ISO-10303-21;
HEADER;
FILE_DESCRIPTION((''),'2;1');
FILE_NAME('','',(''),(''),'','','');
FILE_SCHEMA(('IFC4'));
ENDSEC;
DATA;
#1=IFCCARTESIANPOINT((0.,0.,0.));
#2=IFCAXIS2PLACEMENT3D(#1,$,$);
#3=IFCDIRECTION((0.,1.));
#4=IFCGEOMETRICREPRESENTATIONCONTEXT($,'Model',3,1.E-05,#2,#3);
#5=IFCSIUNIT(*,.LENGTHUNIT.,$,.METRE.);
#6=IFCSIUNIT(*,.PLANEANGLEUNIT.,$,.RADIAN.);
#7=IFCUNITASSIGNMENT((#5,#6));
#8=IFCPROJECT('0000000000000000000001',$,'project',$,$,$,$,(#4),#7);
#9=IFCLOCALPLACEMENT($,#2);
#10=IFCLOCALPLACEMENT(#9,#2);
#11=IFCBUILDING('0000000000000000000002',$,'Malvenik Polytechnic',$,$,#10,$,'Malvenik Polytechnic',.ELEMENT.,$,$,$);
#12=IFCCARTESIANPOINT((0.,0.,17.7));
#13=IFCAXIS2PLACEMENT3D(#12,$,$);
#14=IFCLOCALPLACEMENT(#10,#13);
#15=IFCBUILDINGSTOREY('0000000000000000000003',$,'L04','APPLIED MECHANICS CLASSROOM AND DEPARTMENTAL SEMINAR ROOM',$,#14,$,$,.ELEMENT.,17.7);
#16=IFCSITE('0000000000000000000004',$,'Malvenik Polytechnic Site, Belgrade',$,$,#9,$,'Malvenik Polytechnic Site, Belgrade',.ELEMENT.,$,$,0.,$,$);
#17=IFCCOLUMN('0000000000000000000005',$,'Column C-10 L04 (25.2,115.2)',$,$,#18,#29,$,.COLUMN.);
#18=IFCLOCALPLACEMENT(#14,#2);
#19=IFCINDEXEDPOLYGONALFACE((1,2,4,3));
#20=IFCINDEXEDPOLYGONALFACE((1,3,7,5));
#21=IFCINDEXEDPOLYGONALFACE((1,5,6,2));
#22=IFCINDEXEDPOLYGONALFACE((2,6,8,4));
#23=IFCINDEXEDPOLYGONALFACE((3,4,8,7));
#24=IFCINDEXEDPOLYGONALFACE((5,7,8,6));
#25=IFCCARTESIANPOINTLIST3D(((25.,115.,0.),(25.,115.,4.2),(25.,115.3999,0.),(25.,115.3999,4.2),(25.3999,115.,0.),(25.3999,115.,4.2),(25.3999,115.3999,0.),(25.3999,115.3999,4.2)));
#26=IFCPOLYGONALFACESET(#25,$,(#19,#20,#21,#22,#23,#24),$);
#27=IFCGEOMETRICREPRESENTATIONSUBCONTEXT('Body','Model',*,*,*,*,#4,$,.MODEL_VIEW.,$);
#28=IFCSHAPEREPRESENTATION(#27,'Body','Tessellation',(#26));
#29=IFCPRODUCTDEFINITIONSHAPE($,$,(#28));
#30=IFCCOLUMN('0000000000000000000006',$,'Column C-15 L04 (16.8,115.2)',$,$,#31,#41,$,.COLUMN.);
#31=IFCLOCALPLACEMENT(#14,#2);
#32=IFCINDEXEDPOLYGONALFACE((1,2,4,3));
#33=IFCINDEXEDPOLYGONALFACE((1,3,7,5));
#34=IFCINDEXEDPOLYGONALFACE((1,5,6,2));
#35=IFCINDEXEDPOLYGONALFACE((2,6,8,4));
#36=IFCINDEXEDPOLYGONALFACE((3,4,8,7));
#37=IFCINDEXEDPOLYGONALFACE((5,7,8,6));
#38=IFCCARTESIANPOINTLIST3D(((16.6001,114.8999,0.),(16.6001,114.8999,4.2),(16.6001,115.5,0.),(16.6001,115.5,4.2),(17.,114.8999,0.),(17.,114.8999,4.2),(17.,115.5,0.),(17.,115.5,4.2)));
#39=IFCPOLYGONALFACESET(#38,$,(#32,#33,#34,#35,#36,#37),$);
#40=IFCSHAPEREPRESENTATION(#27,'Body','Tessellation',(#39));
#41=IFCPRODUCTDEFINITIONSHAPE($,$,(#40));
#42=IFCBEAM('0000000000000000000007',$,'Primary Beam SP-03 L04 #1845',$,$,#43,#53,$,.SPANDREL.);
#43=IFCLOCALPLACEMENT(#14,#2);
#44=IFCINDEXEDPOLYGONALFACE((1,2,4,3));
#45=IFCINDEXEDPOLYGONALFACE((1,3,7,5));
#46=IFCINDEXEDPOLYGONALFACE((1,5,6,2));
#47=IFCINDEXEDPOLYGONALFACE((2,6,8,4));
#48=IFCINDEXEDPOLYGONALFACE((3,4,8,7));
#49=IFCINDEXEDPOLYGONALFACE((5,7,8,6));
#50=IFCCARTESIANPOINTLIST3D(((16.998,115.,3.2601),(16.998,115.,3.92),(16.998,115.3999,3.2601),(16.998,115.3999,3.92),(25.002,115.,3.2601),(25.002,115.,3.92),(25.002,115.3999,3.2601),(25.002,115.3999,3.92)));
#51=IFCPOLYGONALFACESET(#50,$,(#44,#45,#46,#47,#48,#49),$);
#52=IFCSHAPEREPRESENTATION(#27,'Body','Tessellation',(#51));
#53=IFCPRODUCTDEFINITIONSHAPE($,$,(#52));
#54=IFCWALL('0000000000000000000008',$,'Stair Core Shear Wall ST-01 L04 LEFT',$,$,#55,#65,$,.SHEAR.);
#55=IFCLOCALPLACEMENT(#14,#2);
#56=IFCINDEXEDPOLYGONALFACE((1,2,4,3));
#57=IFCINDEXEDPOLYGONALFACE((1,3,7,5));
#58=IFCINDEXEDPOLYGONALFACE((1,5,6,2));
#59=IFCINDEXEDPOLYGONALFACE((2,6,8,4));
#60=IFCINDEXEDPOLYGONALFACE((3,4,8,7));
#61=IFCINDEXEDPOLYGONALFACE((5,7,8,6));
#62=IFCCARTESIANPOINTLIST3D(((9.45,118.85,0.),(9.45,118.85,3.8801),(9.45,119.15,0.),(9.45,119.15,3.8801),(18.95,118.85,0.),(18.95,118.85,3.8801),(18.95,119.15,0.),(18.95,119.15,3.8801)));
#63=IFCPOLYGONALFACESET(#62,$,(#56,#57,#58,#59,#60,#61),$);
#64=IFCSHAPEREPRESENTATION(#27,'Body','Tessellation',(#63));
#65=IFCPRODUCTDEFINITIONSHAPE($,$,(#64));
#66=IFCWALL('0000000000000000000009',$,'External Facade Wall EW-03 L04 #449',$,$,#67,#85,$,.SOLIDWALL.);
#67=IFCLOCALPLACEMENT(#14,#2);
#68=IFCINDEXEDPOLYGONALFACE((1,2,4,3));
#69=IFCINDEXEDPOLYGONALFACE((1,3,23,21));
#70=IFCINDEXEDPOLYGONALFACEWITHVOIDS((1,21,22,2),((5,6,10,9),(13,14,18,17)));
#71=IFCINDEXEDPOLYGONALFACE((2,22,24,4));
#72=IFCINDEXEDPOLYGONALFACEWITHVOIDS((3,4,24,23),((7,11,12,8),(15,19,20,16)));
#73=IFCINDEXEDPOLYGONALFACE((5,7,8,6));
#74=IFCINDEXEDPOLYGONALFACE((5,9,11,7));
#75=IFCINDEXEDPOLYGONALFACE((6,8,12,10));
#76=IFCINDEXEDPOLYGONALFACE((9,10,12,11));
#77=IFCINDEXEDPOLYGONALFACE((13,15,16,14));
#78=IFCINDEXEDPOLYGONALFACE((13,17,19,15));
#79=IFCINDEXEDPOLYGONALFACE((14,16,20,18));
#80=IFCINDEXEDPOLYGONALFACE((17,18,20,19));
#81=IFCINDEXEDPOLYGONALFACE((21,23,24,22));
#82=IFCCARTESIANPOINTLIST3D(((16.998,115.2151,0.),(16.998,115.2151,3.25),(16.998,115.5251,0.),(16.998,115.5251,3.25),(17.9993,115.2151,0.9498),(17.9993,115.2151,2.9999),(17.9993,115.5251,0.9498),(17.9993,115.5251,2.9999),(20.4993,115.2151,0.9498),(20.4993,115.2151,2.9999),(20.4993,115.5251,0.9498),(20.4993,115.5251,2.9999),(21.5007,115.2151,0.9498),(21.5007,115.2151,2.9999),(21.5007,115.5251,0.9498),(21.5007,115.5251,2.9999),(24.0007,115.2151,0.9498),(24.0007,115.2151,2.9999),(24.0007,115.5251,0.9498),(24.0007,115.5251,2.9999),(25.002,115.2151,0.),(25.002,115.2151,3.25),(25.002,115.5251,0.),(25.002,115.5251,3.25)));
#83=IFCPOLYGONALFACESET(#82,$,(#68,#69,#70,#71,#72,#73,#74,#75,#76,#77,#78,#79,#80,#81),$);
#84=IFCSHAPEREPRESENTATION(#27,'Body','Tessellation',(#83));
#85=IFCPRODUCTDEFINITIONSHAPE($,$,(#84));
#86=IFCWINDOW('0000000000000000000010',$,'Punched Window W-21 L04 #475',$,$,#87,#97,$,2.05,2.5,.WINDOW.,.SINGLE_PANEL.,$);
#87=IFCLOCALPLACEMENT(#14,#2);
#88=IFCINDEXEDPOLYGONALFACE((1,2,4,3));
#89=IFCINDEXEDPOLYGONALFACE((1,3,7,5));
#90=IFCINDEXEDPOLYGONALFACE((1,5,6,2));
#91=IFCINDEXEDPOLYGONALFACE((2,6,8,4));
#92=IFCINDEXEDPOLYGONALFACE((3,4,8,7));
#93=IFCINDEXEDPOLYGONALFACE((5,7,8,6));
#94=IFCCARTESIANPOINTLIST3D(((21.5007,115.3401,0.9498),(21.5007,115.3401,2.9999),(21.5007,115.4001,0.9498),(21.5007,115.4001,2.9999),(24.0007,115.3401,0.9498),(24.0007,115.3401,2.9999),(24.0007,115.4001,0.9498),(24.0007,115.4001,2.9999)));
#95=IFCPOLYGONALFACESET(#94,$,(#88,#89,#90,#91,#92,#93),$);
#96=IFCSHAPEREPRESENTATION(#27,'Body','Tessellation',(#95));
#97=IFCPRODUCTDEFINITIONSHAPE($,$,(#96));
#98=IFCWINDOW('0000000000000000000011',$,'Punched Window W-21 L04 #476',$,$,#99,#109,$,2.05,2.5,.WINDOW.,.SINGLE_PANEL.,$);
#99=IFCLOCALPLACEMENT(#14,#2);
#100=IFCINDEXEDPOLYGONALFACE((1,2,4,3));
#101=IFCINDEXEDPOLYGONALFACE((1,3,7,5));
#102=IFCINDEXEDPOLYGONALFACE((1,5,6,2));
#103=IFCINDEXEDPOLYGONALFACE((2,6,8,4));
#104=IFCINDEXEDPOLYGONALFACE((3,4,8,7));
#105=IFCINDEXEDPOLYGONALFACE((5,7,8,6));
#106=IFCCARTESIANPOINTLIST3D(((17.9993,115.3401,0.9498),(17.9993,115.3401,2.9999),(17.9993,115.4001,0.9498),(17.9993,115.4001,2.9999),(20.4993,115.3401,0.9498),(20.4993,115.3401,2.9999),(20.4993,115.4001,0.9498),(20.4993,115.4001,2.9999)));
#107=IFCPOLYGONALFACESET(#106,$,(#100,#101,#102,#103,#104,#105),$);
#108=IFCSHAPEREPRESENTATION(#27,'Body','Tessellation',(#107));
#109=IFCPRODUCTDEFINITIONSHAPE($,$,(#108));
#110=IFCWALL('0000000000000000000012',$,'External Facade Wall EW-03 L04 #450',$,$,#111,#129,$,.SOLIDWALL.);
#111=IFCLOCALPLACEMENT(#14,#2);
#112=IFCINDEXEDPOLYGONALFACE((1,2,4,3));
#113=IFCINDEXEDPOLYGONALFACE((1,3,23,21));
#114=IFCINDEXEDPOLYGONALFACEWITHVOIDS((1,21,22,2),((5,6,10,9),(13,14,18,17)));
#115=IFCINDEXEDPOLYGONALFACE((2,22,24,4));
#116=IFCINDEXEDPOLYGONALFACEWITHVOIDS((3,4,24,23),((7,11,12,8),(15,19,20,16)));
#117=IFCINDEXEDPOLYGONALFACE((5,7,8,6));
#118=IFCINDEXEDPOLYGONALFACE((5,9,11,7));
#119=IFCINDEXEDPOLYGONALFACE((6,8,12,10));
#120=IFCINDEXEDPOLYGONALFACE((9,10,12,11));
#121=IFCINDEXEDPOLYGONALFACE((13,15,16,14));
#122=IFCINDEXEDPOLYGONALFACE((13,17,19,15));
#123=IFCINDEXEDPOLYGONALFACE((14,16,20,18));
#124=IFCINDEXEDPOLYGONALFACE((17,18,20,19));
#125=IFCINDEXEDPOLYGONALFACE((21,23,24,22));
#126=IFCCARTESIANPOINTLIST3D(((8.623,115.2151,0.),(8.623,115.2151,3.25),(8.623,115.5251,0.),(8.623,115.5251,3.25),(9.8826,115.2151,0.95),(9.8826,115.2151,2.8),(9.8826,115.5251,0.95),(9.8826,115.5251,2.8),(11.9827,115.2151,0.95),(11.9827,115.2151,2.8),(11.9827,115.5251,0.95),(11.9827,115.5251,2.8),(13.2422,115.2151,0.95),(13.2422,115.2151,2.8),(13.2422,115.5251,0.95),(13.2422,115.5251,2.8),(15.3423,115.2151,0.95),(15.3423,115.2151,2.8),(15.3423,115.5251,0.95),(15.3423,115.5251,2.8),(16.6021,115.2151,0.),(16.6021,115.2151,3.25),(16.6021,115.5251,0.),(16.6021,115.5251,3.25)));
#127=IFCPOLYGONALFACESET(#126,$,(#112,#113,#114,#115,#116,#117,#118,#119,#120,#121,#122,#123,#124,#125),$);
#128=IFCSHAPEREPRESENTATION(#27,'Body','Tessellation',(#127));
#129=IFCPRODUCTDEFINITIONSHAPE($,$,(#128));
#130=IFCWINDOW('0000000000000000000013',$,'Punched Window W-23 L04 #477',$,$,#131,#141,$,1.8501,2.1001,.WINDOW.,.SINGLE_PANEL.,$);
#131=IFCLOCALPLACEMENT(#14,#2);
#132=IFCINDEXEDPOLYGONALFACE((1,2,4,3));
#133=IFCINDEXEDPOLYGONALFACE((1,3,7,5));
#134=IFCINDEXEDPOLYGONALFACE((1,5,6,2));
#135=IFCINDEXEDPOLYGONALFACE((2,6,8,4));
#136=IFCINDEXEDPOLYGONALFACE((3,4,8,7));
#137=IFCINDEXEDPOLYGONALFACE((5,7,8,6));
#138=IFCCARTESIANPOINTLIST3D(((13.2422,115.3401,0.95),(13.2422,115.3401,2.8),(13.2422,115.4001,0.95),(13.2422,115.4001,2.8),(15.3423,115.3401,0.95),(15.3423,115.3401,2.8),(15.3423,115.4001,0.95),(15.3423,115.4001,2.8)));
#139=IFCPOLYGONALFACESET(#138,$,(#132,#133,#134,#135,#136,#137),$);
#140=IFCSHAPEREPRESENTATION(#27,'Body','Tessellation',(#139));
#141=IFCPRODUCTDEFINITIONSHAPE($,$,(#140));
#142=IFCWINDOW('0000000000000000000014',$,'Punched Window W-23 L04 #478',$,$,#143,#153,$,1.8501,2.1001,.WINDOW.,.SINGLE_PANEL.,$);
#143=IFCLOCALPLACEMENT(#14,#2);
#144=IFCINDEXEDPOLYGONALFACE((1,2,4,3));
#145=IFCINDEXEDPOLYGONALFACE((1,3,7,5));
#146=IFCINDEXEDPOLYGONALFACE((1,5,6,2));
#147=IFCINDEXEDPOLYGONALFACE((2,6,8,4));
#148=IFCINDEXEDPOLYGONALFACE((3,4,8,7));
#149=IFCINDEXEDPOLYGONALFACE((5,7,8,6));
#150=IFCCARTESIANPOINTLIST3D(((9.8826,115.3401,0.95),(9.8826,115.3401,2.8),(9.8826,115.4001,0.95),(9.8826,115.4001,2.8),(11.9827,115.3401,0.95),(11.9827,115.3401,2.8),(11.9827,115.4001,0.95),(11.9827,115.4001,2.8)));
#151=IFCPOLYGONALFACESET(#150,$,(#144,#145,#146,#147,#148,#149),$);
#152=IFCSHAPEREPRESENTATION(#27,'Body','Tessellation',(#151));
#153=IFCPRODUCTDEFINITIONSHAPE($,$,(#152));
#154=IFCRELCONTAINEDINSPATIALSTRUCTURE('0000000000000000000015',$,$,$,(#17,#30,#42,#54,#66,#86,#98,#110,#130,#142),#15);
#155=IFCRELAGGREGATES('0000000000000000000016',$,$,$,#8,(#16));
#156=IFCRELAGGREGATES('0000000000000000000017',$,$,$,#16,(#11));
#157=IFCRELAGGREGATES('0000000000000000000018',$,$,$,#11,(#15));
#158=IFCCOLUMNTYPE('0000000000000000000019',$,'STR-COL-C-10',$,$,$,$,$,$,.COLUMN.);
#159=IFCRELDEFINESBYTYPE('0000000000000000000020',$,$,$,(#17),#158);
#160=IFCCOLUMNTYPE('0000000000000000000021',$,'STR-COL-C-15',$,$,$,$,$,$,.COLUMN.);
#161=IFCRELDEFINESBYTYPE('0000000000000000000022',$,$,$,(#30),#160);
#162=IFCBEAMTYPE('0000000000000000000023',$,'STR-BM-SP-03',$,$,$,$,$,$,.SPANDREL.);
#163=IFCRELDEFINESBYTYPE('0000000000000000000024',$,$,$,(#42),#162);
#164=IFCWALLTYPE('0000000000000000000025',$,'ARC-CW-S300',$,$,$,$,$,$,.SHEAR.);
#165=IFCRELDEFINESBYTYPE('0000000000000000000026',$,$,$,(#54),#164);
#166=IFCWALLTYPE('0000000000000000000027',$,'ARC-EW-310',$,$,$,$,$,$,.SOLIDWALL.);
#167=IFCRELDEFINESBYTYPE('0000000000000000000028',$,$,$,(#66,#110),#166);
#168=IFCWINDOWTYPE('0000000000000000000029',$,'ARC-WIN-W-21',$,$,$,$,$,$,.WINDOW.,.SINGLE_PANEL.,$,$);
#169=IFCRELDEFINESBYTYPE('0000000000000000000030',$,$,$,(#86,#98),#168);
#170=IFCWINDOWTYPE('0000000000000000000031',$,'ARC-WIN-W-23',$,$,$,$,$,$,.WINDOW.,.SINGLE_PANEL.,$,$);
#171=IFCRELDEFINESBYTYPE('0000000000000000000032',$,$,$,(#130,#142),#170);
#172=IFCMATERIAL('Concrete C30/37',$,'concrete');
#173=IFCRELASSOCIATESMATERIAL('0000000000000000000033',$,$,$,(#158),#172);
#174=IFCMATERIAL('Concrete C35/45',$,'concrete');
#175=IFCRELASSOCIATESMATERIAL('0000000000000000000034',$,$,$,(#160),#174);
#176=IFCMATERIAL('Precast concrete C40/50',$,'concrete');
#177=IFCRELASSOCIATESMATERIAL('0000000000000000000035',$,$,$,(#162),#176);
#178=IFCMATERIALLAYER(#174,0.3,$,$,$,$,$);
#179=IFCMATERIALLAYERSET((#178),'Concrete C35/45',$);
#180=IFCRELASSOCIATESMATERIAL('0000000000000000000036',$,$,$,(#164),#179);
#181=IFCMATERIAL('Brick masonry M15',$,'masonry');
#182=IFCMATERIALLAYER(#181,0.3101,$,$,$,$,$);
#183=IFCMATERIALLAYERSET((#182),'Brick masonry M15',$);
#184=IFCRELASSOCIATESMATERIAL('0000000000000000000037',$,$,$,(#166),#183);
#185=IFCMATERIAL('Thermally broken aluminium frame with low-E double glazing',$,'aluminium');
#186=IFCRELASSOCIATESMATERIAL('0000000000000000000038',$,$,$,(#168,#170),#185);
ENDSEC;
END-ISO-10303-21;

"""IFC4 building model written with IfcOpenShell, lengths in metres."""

from ifc_helpers import new_model, si_unit, direction, frame, frame_2d, origin, origin_2d, place, context, subcontext, project, spatial, rectangle, extrude, material, layer, layer_set, material_profile, profile_set, type_object, element, fill, save


model = new_model("IFC4")

# Units and contexts
model_context = context("Model", 3, precision=1e-05, world=origin(), true_north=direction((0.0, 1.0)))
body_context = subcontext(model_context, "Body", "Model", "MODEL_VIEW")
ifc_project = project(units=[si_unit("LENGTHUNIT", "METRE"), si_unit("PLANEANGLEUNIT", "RADIAN")], contexts=[model_context])

# Site, building, storey
site_placement = place(None, origin())
site = spatial("IfcSite", under=ifc_project, at=site_placement, Name="Malvenik Polytechnic Site, Belgrade", LongName="Malvenik Polytechnic Site, Belgrade", CompositionType="ELEMENT", RefElevation=0.0)
building_placement = place(site_placement, origin())
building = spatial("IfcBuilding", under=site, at=building_placement, Name="Malvenik Polytechnic", LongName="Malvenik Polytechnic", CompositionType="ELEMENT")
storey_placement = place(building_placement, frame((0.0, 0.0, 17.7)))
storey = spatial("IfcBuildingStorey", under=building, at=storey_placement, Name="L04", Description="APPLIED MECHANICS CLASSROOM AND DEPARTMENTAL SEMINAR ROOM", CompositionType="ELEMENT", Elevation=17.7)

# Columns
ifc_material_1 = material(Name="Concrete C30/37", Category="concrete")
ifc_material_profile_1 = material_profile(ifc_material_1, rectangle(XDim=0.3999, YDim=0.3999, at=origin_2d()), Name="RC COL 400x400")
ifc_profile_set_1 = profile_set([ifc_material_profile_1], Name="Concrete C30/37")
column_type_1 = type_object("IfcColumnType", Name="STR-COL-C-10", PredefinedType="COLUMN", material=ifc_profile_set_1)
column_1_placement = place(storey_placement, frame((25.2, 115.2, 0.0), z_axis=(0.0, 0.0, 1.0), x_axis=(1.0, 0.0, 0.0)))
element("IfcColumn", 1, at=column_1_placement, inside=storey, type_object=column_type_1, Name="Column C-10 L04 (25.2,115.2)", PredefinedType="COLUMN", context=body_context, shape_type="SweptSolid", body=[
    extrude(rectangle(XDim=0.3999, YDim=0.3999, at=origin_2d()), origin(), (0.0, 0.0, 1.0), 4.2),
])
ifc_material_2 = material(Name="Concrete C35/45", Category="concrete")
ifc_material_profile_2 = material_profile(ifc_material_2, rectangle(XDim=0.3999, YDim=0.6001, at=origin_2d()), Name="RC COL 600x400")
ifc_profile_set_2 = profile_set([ifc_material_profile_2], Name="Concrete C35/45")
column_type_2 = type_object("IfcColumnType", Name="STR-COL-C-15", PredefinedType="COLUMN", material=ifc_profile_set_2)
column_2_placement = place(storey_placement, frame((16.8, 115.2, 0.0), z_axis=(0.0, 0.0, 1.0), x_axis=(1.0, 0.0, 0.0)))
element("IfcColumn", 2, at=column_2_placement, inside=storey, type_object=column_type_2, Name="Column C-15 L04 (16.8,115.2)", PredefinedType="COLUMN", context=body_context, shape_type="SweptSolid", body=[
    extrude(rectangle(XDim=0.3999, YDim=0.6001, at=origin_2d()), origin(), (0.0, 0.0, 1.0), 4.2),
])

# Beam
ifc_material_3 = material(Name="Precast concrete C40/50", Category="concrete")
ifc_material_profile_3 = material_profile(ifc_material_3, rectangle(XDim=0.3999, YDim=0.6599, at=origin_2d()), Name="PC SPN 400x660")
ifc_profile_set_3 = profile_set([ifc_material_profile_3], Name="Precast concrete C40/50")
beam_type = type_object("IfcBeamType", Name="STR-BM-SP-03", PredefinedType="SPANDREL", material=ifc_profile_set_3)
beam_placement = place(storey_placement, frame((16.998, 115.2, 3.5901), z_axis=(1.0, 0.0, 0.0), x_axis=(0.0, 1.0, 0.0)))
element("IfcBeam", 3, at=beam_placement, inside=storey, type_object=beam_type, Name="Primary Beam SP-03 L04 #1845", PredefinedType="SPANDREL", context=body_context, shape_type="SweptSolid", body=[
    extrude(rectangle(XDim=0.3999, YDim=0.6599, at=origin_2d()), origin(), (0.0, 0.0, 1.0), 8.0039),
])

# Wall
ifc_layer_1 = layer(ifc_material_2, 0.3)
ifc_layer_set_1 = layer_set([ifc_layer_1], Name="Concrete C35/45")
wall_type_1 = type_object("IfcWallType", Name="ARC-CW-S300", PredefinedType="SHEAR", material=ifc_layer_set_1)
wall_1_placement = place(storey_placement, frame((18.95, 119.0, 0.0), z_axis=(0.0, 0.0, 1.0), x_axis=(-1.0, 0.0, 0.0)))
element("IfcWall", 4, at=wall_1_placement, inside=storey, type_object=wall_type_1, Name="Stair Core Shear Wall ST-01 L04 LEFT", PredefinedType="SHEAR", context=body_context, shape_type="SweptSolid", body=[
    extrude(rectangle(XDim=9.5, YDim=0.3, at=frame_2d((4.75, 0.0))), origin(), (0.0, 0.0, 1.0), 3.8801),
])

# Walls, openings, windows
ifc_material_4 = material(Name="Brick masonry M15", Category="masonry")
ifc_layer_2 = layer(ifc_material_4, 0.3101)
ifc_layer_set_2 = layer_set([ifc_layer_2], Name="Brick masonry M15")
wall_type_2 = type_object("IfcWallType", Name="ARC-EW-310", PredefinedType="SOLIDWALL", material=ifc_layer_set_2)
wall_2_placement = place(storey_placement, frame((25.002, 115.3701, 0.0), z_axis=(0.0, 0.0, 1.0), x_axis=(-1.0, 0.0, 0.0)))
wall_2 = element("IfcWall", 5, at=wall_2_placement, inside=storey, type_object=wall_type_2, Name="External Facade Wall EW-03 L04 #449", PredefinedType="SOLIDWALL", context=body_context, shape_type="SweptSolid", body=[
    extrude(rectangle(XDim=8.0039, YDim=0.3101, at=frame_2d((4.002, 0.0))), origin(), (0.0, 0.0, 1.0), 3.25),
])
opening_1_placement = place(wall_2_placement, frame((1.0012, 0.0, 0.95)))
opening_1 = element("IfcOpeningElement", 6, at=opening_1_placement, cuts=wall_2, PredefinedType="OPENING", context=body_context, shape_type="SweptSolid", body=[
    extrude(rectangle(XDim=2.5, YDim=2.05, at=frame_2d((1.25, 1.0249))), frame((0.0, 0.165, 0.0), z_axis=(0.0, -1.0, 0.0), x_axis=(1.0, 0.0, 0.0)), (0.0, 0.0, 1.0), 0.3301),
])
opening_2_placement = place(wall_2_placement, frame((4.5027, 0.0, 0.95)))
opening_2 = element("IfcOpeningElement", 7, at=opening_2_placement, cuts=wall_2, PredefinedType="OPENING", context=body_context, shape_type="SweptSolid", body=[
    extrude(rectangle(XDim=2.5, YDim=2.05, at=frame_2d((1.25, 1.0249))), frame((0.0, 0.165, 0.0), z_axis=(0.0, -1.0, 0.0), x_axis=(1.0, 0.0, 0.0)), (0.0, 0.0, 1.0), 0.3301),
])
ifc_material_5 = material(Name="Thermally broken aluminium frame with low-E double glazing", Category="aluminium")
window_type_1 = type_object("IfcWindowType", Name="ARC-WIN-W-21", PartitioningType="SINGLE_PANEL", PredefinedType="WINDOW", material=ifc_material_5)
window_1_placement = place(opening_1_placement, origin())
window_1 = element("IfcWindow", 8, at=window_1_placement, inside=storey, type_object=window_type_1, Name="Punched Window W-21 L04 #475", OverallHeight=2.05, OverallWidth=2.5, PartitioningType="SINGLE_PANEL", PredefinedType="WINDOW", context=body_context, shape_type="SweptSolid", body=[
    extrude(rectangle(XDim=2.5, YDim=2.05, at=frame_2d((1.25, 1.0249))), frame((0.0, 0.03, 0.0), z_axis=(0.0, -1.0, 0.0), x_axis=(1.0, 0.0, 0.0)), (0.0, 0.0, 1.0), 0.0601),
])
fill(opening_1, window_1)
window_2_placement = place(opening_2_placement, origin())
window_2 = element("IfcWindow", 9, at=window_2_placement, inside=storey, type_object=window_type_1, Name="Punched Window W-21 L04 #476", OverallHeight=2.05, OverallWidth=2.5, PartitioningType="SINGLE_PANEL", PredefinedType="WINDOW", context=body_context, shape_type="SweptSolid", body=[
    extrude(rectangle(XDim=2.5, YDim=2.05, at=frame_2d((1.25, 1.0249))), frame((0.0, 0.03, 0.0), z_axis=(0.0, -1.0, 0.0), x_axis=(1.0, 0.0, 0.0)), (0.0, 0.0, 1.0), 0.0601),
])
fill(opening_2, window_2)
wall_3_placement = place(storey_placement, frame((16.6021, 115.3701, 0.0), z_axis=(0.0, 0.0, 1.0), x_axis=(-1.0, 0.0, 0.0)))
wall_3 = element("IfcWall", 10, at=wall_3_placement, inside=storey, type_object=wall_type_2, Name="External Facade Wall EW-03 L04 #450", PredefinedType="SOLIDWALL", context=body_context, shape_type="SweptSolid", body=[
    extrude(rectangle(XDim=7.979, YDim=0.3101, at=frame_2d((3.9895, 0.0))), origin(), (0.0, 0.0, 1.0), 3.25),
])
opening_3_placement = place(wall_3_placement, frame((1.2598, 0.0, 0.95)))
opening_3 = element("IfcOpeningElement", 11, at=opening_3_placement, cuts=wall_3, PredefinedType="OPENING", context=body_context, shape_type="SweptSolid", body=[
    extrude(rectangle(XDim=2.1001, YDim=1.8501, at=frame_2d((1.05, 0.925))), frame((0.0, 0.165, 0.0), z_axis=(0.0, -1.0, 0.0), x_axis=(1.0, 0.0, 0.0)), (0.0, 0.0, 1.0), 0.3301),
])
opening_4_placement = place(wall_3_placement, frame((4.6194, 0.0, 0.95)))
opening_4 = element("IfcOpeningElement", 12, at=opening_4_placement, cuts=wall_3, PredefinedType="OPENING", context=body_context, shape_type="SweptSolid", body=[
    extrude(rectangle(XDim=2.1001, YDim=1.8501, at=frame_2d((1.05, 0.925))), frame((0.0, 0.165, 0.0), z_axis=(0.0, -1.0, 0.0), x_axis=(1.0, 0.0, 0.0)), (0.0, 0.0, 1.0), 0.3301),
])
window_type_2 = type_object("IfcWindowType", Name="ARC-WIN-W-23", PartitioningType="SINGLE_PANEL", PredefinedType="WINDOW", material=ifc_material_5)
window_3_placement = place(opening_3_placement, origin())
window_3 = element("IfcWindow", 13, at=window_3_placement, inside=storey, type_object=window_type_2, Name="Punched Window W-23 L04 #477", OverallHeight=1.8501, OverallWidth=2.1001, PartitioningType="SINGLE_PANEL", PredefinedType="WINDOW", context=body_context, shape_type="SweptSolid", body=[
    extrude(rectangle(XDim=2.1001, YDim=1.8501, at=frame_2d((1.05, 0.925))), frame((0.0, 0.03, 0.0), z_axis=(0.0, -1.0, 0.0), x_axis=(1.0, 0.0, 0.0)), (0.0, 0.0, 1.0), 0.0601),
])
fill(opening_3, window_3)
window_4_placement = place(opening_4_placement, origin())
window_4 = element("IfcWindow", 14, at=window_4_placement, inside=storey, type_object=window_type_2, Name="Punched Window W-23 L04 #478", OverallHeight=1.8501, OverallWidth=2.1001, PartitioningType="SINGLE_PANEL", PredefinedType="WINDOW", context=body_context, shape_type="SweptSolid", body=[
    extrude(rectangle(XDim=2.1001, YDim=1.8501, at=frame_2d((1.05, 0.925))), frame((0.0, 0.03, 0.0), z_axis=(0.0, -1.0, 0.0), x_axis=(1.0, 0.0, 0.0)), (0.0, 0.0, 1.0), 0.0601),
])
fill(opening_4, window_4)

save(model, "model.ifc")
